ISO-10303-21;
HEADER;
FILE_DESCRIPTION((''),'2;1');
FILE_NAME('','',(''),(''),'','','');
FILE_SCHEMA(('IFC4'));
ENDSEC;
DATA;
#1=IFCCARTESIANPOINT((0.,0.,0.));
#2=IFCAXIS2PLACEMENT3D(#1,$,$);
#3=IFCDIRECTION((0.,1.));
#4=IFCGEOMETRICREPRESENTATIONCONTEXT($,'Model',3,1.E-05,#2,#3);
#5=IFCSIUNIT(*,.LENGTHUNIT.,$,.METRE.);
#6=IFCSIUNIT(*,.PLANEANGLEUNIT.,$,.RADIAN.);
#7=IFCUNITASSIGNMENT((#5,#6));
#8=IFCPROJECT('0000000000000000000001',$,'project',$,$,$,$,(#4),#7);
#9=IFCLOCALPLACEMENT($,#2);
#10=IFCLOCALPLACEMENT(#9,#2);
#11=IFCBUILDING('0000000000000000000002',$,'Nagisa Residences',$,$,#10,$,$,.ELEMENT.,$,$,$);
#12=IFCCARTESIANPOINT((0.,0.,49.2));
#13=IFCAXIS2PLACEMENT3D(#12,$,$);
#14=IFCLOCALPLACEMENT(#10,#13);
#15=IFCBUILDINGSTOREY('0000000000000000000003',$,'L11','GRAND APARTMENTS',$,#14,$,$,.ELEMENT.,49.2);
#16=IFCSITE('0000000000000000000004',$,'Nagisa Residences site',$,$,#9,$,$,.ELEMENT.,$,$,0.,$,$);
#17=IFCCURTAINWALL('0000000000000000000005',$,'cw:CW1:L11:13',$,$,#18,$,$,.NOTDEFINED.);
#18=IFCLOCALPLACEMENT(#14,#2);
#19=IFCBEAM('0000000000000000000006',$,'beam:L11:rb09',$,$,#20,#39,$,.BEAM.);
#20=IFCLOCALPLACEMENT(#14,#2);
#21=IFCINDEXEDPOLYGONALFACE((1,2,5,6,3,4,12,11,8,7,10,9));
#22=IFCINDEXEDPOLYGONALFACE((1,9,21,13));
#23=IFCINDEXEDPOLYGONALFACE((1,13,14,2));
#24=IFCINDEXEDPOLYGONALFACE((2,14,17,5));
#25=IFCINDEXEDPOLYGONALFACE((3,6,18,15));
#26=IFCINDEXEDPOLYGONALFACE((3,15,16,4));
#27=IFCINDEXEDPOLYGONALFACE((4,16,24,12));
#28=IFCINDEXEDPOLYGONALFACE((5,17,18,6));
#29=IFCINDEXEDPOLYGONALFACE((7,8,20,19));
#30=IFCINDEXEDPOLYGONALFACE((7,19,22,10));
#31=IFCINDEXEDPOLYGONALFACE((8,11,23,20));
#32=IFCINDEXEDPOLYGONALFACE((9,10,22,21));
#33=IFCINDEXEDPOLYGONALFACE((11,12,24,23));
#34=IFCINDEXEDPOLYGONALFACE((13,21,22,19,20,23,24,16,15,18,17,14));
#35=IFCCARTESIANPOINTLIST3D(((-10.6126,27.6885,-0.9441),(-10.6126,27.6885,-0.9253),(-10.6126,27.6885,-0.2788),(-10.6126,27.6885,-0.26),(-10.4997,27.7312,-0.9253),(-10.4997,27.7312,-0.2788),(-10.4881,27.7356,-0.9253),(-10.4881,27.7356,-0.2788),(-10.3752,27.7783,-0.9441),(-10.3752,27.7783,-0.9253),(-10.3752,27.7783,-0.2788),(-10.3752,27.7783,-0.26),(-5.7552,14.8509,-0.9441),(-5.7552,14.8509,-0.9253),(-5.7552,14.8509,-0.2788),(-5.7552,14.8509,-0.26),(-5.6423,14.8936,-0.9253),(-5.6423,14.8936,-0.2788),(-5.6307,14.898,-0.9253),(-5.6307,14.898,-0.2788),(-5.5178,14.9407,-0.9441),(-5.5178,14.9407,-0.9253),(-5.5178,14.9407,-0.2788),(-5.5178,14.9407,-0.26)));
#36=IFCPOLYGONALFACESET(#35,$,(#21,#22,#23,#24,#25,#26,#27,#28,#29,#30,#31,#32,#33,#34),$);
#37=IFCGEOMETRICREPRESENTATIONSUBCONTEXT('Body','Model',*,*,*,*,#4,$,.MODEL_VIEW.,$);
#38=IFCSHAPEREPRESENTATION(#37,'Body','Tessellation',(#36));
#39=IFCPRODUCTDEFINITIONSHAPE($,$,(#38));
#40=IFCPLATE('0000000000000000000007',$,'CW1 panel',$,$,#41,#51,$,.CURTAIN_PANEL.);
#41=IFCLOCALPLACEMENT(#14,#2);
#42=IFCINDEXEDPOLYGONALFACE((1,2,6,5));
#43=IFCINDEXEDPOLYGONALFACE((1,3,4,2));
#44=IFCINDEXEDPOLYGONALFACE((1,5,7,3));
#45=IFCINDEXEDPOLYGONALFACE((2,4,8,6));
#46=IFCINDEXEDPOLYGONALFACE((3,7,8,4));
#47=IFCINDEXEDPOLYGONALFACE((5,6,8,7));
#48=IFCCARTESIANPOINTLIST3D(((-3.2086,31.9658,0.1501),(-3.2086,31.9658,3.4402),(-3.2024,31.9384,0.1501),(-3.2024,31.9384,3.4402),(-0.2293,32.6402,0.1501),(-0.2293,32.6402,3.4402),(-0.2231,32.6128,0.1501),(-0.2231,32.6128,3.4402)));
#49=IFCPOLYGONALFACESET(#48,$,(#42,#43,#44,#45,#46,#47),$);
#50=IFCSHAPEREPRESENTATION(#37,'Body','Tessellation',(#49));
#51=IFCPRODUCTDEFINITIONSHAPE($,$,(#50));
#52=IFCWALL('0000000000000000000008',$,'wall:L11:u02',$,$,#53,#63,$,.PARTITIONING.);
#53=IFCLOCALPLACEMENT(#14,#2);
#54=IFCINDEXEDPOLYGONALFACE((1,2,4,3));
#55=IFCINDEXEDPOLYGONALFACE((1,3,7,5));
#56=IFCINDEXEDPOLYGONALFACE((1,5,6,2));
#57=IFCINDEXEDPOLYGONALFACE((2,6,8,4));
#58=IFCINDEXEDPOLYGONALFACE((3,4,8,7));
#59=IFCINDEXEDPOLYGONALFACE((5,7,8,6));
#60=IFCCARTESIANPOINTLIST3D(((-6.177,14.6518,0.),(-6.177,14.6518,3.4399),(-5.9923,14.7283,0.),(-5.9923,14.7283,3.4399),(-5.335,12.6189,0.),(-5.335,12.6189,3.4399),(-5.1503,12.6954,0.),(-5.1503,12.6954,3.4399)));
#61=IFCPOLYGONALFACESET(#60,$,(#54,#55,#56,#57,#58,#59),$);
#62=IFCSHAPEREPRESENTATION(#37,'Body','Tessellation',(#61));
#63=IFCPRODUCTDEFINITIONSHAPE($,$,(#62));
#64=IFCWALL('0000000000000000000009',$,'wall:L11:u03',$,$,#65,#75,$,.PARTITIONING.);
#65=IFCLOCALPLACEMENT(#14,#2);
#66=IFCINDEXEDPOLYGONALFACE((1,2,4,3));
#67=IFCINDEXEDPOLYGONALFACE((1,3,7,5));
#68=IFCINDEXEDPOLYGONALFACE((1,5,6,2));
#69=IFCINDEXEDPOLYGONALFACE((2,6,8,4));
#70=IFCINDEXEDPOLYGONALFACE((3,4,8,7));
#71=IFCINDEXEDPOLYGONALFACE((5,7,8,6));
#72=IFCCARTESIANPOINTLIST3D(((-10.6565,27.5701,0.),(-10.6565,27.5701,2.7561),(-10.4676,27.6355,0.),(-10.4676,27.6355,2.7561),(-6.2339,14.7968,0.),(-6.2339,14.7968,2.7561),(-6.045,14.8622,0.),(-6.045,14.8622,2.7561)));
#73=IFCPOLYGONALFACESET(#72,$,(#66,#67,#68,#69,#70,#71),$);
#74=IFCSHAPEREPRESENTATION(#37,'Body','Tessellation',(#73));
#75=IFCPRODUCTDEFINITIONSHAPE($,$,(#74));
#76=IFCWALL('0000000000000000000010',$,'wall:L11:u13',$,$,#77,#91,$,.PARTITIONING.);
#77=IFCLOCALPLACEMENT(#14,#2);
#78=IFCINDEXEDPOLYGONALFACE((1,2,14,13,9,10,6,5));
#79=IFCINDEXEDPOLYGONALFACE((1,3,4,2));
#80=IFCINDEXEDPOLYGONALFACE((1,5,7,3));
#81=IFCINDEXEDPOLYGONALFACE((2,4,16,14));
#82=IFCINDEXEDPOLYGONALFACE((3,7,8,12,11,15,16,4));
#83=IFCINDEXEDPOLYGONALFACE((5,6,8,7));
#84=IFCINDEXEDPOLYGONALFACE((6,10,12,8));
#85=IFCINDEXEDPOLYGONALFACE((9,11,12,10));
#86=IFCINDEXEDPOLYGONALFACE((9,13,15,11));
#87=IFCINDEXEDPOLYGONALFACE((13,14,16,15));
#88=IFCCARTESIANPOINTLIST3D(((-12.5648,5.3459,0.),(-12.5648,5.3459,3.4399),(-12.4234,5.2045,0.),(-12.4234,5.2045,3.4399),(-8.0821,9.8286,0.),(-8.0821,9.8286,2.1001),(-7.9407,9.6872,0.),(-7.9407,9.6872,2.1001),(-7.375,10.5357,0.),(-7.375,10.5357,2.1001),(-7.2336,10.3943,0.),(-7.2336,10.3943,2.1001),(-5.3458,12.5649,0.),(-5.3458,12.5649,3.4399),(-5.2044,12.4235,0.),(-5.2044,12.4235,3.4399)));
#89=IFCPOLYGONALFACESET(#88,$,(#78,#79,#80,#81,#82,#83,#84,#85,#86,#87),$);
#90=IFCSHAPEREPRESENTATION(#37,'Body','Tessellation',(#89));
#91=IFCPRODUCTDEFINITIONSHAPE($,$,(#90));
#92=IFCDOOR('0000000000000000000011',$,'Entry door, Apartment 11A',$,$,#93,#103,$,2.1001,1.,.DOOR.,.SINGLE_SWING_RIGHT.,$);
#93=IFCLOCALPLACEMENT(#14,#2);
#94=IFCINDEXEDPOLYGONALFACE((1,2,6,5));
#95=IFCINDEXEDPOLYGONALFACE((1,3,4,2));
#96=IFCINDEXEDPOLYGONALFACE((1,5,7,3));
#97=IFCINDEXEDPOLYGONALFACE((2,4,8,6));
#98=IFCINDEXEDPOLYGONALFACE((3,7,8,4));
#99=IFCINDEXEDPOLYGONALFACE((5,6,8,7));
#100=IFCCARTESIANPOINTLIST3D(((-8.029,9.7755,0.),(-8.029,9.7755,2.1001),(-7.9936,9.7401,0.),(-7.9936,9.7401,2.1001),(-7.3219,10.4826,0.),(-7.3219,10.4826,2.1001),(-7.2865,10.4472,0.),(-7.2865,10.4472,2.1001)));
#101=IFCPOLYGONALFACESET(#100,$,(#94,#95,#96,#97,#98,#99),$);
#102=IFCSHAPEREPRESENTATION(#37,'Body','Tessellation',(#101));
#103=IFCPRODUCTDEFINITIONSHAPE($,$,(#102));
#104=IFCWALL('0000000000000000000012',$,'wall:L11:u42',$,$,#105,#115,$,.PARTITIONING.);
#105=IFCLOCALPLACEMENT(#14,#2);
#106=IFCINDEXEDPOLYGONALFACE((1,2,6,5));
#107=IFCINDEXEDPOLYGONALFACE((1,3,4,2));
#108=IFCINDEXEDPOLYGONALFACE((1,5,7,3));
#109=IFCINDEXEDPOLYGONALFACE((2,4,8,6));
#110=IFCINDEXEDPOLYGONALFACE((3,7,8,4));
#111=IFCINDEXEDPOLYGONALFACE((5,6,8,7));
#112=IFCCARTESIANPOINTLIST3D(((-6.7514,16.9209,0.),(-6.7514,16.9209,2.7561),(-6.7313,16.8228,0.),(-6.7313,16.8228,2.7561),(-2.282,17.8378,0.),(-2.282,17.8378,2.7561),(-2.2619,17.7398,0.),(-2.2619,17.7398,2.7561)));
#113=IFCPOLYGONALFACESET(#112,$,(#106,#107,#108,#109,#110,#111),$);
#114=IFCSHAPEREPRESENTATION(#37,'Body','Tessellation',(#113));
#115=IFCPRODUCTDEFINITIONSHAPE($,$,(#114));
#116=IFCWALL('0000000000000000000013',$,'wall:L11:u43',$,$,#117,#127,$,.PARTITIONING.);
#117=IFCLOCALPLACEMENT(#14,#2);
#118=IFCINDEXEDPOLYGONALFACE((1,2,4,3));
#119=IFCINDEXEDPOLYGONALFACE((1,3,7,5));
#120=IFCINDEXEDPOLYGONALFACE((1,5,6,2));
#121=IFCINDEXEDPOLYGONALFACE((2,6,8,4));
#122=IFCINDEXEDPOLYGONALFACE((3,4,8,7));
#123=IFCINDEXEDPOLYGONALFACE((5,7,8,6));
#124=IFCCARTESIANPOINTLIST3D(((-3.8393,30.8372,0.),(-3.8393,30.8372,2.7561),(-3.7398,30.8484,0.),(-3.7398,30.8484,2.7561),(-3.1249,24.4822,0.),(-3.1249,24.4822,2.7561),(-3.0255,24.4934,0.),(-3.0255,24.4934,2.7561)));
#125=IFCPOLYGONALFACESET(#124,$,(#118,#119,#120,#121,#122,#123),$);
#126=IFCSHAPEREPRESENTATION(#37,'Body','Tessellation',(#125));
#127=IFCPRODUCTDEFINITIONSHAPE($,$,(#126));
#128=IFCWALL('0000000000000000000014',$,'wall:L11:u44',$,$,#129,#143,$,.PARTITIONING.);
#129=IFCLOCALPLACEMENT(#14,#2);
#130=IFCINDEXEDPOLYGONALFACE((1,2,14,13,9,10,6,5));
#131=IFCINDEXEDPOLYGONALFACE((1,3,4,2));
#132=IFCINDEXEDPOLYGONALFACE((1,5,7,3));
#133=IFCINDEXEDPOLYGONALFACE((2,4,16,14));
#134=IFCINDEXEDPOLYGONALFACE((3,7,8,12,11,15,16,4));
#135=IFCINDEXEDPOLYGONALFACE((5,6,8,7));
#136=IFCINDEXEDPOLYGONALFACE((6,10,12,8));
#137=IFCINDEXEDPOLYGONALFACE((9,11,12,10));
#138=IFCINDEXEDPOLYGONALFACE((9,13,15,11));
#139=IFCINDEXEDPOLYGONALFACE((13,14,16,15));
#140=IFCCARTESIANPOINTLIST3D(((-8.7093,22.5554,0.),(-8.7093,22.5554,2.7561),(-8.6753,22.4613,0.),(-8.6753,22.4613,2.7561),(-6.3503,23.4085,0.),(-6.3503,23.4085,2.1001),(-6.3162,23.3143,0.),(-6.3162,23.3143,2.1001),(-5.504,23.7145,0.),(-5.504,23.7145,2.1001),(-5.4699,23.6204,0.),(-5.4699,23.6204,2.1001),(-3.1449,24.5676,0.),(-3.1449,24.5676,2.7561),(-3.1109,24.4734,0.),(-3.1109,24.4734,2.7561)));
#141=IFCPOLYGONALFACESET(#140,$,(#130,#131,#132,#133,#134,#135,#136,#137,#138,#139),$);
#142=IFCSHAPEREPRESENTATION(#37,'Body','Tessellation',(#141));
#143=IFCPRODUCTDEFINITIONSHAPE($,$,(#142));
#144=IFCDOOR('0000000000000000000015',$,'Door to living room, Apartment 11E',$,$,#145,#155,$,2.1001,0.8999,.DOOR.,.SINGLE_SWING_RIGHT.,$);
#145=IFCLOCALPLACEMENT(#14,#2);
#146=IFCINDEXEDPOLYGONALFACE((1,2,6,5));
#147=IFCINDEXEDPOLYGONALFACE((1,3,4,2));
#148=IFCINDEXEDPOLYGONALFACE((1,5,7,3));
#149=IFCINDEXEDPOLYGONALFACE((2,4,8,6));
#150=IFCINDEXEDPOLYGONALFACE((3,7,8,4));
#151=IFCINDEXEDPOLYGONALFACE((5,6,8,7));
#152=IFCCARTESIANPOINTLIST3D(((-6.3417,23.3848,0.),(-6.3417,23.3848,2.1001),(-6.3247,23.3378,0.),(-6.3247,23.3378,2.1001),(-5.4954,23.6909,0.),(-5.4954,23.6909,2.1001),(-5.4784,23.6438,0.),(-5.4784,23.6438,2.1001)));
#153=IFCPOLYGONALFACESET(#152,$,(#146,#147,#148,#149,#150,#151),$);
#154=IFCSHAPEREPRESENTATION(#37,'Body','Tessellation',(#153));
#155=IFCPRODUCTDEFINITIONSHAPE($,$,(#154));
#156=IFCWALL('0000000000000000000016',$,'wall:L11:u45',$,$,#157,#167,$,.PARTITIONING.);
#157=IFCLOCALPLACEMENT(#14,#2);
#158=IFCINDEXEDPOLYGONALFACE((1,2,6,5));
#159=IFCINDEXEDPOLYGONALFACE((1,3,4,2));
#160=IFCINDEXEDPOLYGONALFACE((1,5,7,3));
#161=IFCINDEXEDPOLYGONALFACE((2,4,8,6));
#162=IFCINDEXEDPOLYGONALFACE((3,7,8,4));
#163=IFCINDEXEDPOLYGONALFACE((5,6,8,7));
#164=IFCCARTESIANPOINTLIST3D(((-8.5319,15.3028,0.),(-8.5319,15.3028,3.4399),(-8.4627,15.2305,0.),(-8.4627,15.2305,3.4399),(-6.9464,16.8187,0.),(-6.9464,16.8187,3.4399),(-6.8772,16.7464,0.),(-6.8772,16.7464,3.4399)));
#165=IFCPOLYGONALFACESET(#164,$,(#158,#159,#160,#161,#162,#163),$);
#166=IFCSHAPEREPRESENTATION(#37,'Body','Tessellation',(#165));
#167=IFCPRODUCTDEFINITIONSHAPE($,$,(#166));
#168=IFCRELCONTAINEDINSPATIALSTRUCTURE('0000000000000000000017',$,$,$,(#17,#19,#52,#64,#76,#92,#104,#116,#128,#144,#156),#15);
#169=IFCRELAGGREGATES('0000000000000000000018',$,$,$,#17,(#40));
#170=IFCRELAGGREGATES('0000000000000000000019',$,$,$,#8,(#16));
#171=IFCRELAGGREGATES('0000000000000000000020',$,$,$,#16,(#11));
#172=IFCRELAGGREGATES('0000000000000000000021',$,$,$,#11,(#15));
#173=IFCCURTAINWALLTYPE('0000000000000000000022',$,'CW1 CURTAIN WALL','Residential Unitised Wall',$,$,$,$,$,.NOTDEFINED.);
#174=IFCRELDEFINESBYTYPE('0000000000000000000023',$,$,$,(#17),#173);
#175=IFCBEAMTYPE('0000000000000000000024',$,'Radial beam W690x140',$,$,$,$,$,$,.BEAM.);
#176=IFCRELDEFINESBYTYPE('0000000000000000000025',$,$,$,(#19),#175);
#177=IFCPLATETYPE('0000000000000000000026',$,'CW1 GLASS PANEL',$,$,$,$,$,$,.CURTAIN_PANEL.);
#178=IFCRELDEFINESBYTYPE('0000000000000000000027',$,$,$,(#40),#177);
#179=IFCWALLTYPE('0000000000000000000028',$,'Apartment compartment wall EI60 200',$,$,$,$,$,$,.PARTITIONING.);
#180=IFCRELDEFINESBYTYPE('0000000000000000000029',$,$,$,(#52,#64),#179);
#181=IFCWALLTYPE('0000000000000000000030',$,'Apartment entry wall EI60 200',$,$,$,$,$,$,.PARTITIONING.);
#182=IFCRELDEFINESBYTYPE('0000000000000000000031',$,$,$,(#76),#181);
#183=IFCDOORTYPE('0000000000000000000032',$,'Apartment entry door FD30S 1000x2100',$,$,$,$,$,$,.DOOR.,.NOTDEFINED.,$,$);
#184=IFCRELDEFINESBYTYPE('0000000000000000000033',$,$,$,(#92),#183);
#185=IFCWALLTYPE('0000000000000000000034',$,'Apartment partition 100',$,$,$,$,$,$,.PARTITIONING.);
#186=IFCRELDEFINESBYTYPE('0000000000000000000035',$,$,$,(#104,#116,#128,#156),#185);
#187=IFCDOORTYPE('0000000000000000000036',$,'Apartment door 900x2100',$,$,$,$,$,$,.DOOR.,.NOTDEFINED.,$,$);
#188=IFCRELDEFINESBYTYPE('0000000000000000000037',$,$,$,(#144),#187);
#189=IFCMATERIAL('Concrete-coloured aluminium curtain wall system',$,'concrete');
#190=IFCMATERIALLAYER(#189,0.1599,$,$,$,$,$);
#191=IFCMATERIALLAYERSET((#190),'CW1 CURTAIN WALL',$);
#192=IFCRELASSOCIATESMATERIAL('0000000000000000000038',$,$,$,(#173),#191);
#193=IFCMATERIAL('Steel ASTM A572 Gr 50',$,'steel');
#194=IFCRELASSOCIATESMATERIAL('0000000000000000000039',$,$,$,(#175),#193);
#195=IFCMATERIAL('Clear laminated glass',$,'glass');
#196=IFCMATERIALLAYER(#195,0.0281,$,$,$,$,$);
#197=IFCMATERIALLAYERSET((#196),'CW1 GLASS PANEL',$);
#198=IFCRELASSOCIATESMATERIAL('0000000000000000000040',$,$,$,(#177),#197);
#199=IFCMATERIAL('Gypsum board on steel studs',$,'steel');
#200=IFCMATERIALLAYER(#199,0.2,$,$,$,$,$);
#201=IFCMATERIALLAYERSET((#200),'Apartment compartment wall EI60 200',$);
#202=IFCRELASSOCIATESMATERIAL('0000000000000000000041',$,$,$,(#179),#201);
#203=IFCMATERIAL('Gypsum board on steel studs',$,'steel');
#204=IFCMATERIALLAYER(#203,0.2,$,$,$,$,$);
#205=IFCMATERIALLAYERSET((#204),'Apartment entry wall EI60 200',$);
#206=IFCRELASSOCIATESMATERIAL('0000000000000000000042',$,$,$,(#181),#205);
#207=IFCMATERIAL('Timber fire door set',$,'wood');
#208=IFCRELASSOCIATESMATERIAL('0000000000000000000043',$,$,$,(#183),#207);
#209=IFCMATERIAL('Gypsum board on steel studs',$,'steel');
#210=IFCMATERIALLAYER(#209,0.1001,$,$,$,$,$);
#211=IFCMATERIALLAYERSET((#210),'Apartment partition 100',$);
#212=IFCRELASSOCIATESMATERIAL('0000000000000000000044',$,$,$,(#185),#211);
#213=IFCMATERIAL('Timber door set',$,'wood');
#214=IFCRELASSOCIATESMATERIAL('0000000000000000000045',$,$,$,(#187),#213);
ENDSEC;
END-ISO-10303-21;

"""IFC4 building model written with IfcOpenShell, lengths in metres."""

from ifc_helpers import new_model, si_unit, direction, frame, frame_2d, origin, origin_2d, place, context, subcontext, project, spatial, rectangle, i_section, extrude, material, layer, layer_set, material_profile, profile_set, type_object, element, fill, aggregate, save


model = new_model("IFC4")

# Units and contexts
model_context = context("Model", 3, precision=1e-05, world=origin(), true_north=direction((0.0, 1.0)))
body_context = subcontext(model_context, "Body", "Model", "MODEL_VIEW")
ifc_project = project(units=[si_unit("LENGTHUNIT", "METRE"), si_unit("PLANEANGLEUNIT", "RADIAN")], contexts=[model_context])

# Site, building, storey
site_placement = place(None, origin())
site = spatial("IfcSite", under=ifc_project, at=site_placement, Name="Nagisa Residences site", CompositionType="ELEMENT", RefElevation=0.0)
building_placement = place(site_placement, origin())
building = spatial("IfcBuilding", under=site, at=building_placement, Name="Nagisa Residences", CompositionType="ELEMENT")
storey_placement = place(building_placement, frame((0.0, 0.0, 49.2)))
storey = spatial("IfcBuildingStorey", under=building, at=storey_placement, Name="L11", Description="GRAND APARTMENTS", CompositionType="ELEMENT", Elevation=49.2)

# Curtain wall
ifc_material_1 = material(Name="Concrete-coloured aluminium curtain wall system", Category="concrete")
ifc_layer_1 = layer(ifc_material_1, 0.1599)
ifc_layer_set_1 = layer_set([ifc_layer_1], Name="CW1 CURTAIN WALL")
curtain_wall_type = type_object("IfcCurtainWallType", Name="CW1 CURTAIN WALL", Description="Residential Unitised Wall", PredefinedType="NOTDEFINED", material=ifc_layer_set_1)
curtain_wall_1_placement = place(storey_placement, origin())
curtain_wall_1 = element("IfcCurtainWall", 1, at=curtain_wall_1_placement, inside=storey, type_object=curtain_wall_type, Name="cw:CW1:L11:13", PredefinedType="NOTDEFINED")

# Beam
ifc_material_2 = material(Name="Steel ASTM A572 Gr 50", Category="steel")
ifc_material_profile_1 = material_profile(ifc_material_2, i_section(OverallWidth=0.2539, OverallDepth=0.6841, WebThickness=0.0125, FlangeThickness=0.0188, at=origin_2d()), Name="W690x140")
ifc_profile_set_1 = profile_set([ifc_material_profile_1], Name="Steel ASTM A572 Gr 50")
beam_type_1 = type_object("IfcBeamType", Name="Radial beam W690x140", PredefinedType="BEAM", material=ifc_profile_set_1)
beam_1_placement = place(storey_placement, frame((-10.4939, 27.7334, -0.6021), z_axis=(0.353888, -0.935288, 0.0), x_axis=(0.935288, 0.353888, 0.0)))
element("IfcBeam", 2, at=beam_1_placement, inside=storey, type_object=beam_type_1, Name="beam:L11:rb09", PredefinedType="BEAM", context=body_context, shape_type="SweptSolid", body=[
    extrude(i_section(OverallWidth=0.2539, OverallDepth=0.6841, WebThickness=0.0125, FlangeThickness=0.0188, at=origin_2d()), origin(), (0.0, 0.0, 1.0), 13.7258),
])

# Plate
ifc_material_3 = material(Name="Clear laminated glass", Category="glass")
ifc_layer_2 = layer(ifc_material_3, 0.0281)
ifc_layer_set_2 = layer_set([ifc_layer_2], Name="CW1 GLASS PANEL")
plate_type = type_object("IfcPlateType", Name="CW1 GLASS PANEL", PredefinedType="CURTAIN_PANEL", material=ifc_layer_set_2)
plate_placement = place(storey_placement, frame((-1.7158, 32.2893, 0.1501), z_axis=(0.0, 0.0, 1.0), x_axis=(-0.975327, -0.220764, 0.0)))
plate = element("IfcPlate", 3, at=plate_placement, type_object=plate_type, Name="CW1 panel", PredefinedType="CURTAIN_PANEL", context=body_context, shape_type="SweptSolid", body=[
    extrude(rectangle(XDim=3.0547, YDim=0.0281, at=origin_2d()), origin(), (0.0, 0.0, 1.0), 3.29),
])
aggregate(curtain_wall_1, [plate])

# Walls
ifc_material_4 = material(Name="Gypsum board on steel studs", Category="steel")
ifc_layer_3 = layer(ifc_material_4, 0.2)
ifc_layer_set_3 = layer_set([ifc_layer_3], Name="Apartment compartment wall EI60 200")
wall_type_1 = type_object("IfcWallType", Name="Apartment compartment wall EI60 200", PredefinedType="PARTITIONING", material=ifc_layer_set_3)
wall_1_placement = place(storey_placement, frame((-5.2427, 12.6572, 0.0), z_axis=(0.0, 0.0, 1.0), x_axis=(-0.382669, 0.923886, 0.0)))
element("IfcWall", 4, at=wall_1_placement, inside=storey, type_object=wall_type_1, Name="wall:L11:u02", PredefinedType="PARTITIONING", context=body_context, shape_type="SweptSolid", body=[
    extrude(rectangle(XDim=2.2004, YDim=0.2, at=frame_2d((1.1001, 0.0))), origin(), (0.0, 0.0, 1.0), 3.4399),
])
wall_2_placement = place(storey_placement, frame((-6.1394, 14.8293, 0.0), z_axis=(0.0, 0.0, 1.0), x_axis=(-0.327179, 0.944962, 0.0)))
element("IfcWall", 5, at=wall_2_placement, inside=storey, type_object=wall_type_1, Name="wall:L11:u03", PredefinedType="PARTITIONING", context=body_context, shape_type="SweptSolid", body=[
    extrude(rectangle(XDim=13.5173, YDim=0.2, at=frame_2d((6.7588, 0.0))), origin(), (0.0, 0.0, 1.0), 2.7561),
])

# Wall, opening, door
ifc_material_5 = material(Name="Gypsum board on steel studs", Category="steel")
ifc_layer_4 = layer(ifc_material_5, 0.2)
ifc_layer_set_4 = layer_set([ifc_layer_4], Name="Apartment entry wall EI60 200")
wall_type_2 = type_object("IfcWallType", Name="Apartment entry wall EI60 200", PredefinedType="PARTITIONING", material=ifc_layer_set_4)
wall_3_placement = place(storey_placement, frame((-5.2751, 12.4941, 0.0), z_axis=(0.0, 0.0, 1.0), x_axis=(-0.707107, -0.707107, 0.0)))
wall_3 = element("IfcWall", 6, at=wall_3_placement, inside=storey, type_object=wall_type_2, Name="wall:L11:u13", PredefinedType="PARTITIONING", context=body_context, shape_type="SweptSolid", body=[
    extrude(rectangle(XDim=10.2092, YDim=0.2, at=frame_2d((5.1045, 0.0))), origin(), (0.0, 0.0, 1.0), 3.4399),
])
opening_1_placement = place(wall_3_placement, frame((2.8696, 0.0, 0.0)))
opening_1 = element("IfcOpeningElement", 7, at=opening_1_placement, cuts=wall_3, PredefinedType="OPENING", context=body_context, shape_type="SweptSolid", body=[
    extrude(rectangle(XDim=1.0, YDim=2.1001, at=frame_2d((0.5, 1.05))), frame((0.0, 0.1099, 0.0), z_axis=(0.0, -1.0, 0.0), x_axis=(1.0, 0.0, 0.0)), (0.0, 0.0, 1.0), 0.22),
])
ifc_material_6 = material(Name="Timber fire door set", Category="wood")
door_type_1 = type_object("IfcDoorType", Name="Apartment entry door FD30S 1000x2100", OperationType="NOTDEFINED", PredefinedType="DOOR", material=ifc_material_6)
door_1_placement = place(opening_1_placement, frame((1.0, 0.0, 0.0), x_axis=(-1.0, 0.0, 0.0)))
door_1 = element("IfcDoor", 8, at=door_1_placement, inside=storey, type_object=door_type_1, Name="Entry door, Apartment 11A", OperationType="SINGLE_SWING_RIGHT", OverallHeight=2.1001, OverallWidth=1.0, PredefinedType="DOOR", context=body_context, shape_type="SweptSolid", body=[
    extrude(rectangle(XDim=1.0, YDim=2.1001, at=frame_2d((0.5, 1.05))), frame((0.0, 0.0249, 0.0), z_axis=(0.0, -1.0, 0.0), x_axis=(1.0, 0.0, 0.0)), (0.0, 0.0, 1.0), 0.05),
])
fill(opening_1, door_1)

# Walls
ifc_material_7 = material(Name="Gypsum board on steel studs", Category="steel")
ifc_layer_5 = layer(ifc_material_7, 0.1001)
ifc_layer_set_5 = layer_set([ifc_layer_5], Name="Apartment partition 100")
wall_type_3 = type_object("IfcWallType", Name="Apartment partition 100", PredefinedType="PARTITIONING", material=ifc_layer_set_5)
wall_4_placement = place(storey_placement, frame((-2.272, 17.7888, 0.0), z_axis=(0.0, 0.0, 1.0), x_axis=(-0.979595, -0.200981, 0.0)))
element("IfcWall", 9, at=wall_4_placement, inside=storey, type_object=wall_type_3, Name="wall:L11:u42", PredefinedType="PARTITIONING", context=body_context, shape_type="SweptSolid", body=[
    extrude(rectangle(XDim=4.5625, YDim=0.1001, at=frame_2d((2.2812, 0.0))), origin(), (0.0, 0.0, 1.0), 2.7561),
])
wall_5_placement = place(storey_placement, frame((-3.0752, 24.4878, 0.0), z_axis=(0.0, 0.0, 1.0), x_axis=(-0.111705, 0.993741, 0.0)))
element("IfcWall", 10, at=wall_5_placement, inside=storey, type_object=wall_type_3, Name="wall:L11:u43", PredefinedType="PARTITIONING", context=body_context, shape_type="SweptSolid", body=[
    extrude(rectangle(XDim=6.395, YDim=0.1001, at=frame_2d((3.1975, 0.0))), origin(), (0.0, 0.0, 1.0), 2.7561),
])

# Wall, opening, door
wall_6_placement = place(storey_placement, frame((-3.1279, 24.5205, 0.0), z_axis=(0.0, 0.0, 1.0), x_axis=(-0.940401, -0.340066, 0.0)))
wall_6 = element("IfcWall", 11, at=wall_6_placement, inside=storey, type_object=wall_type_3, Name="wall:L11:u44", PredefinedType="PARTITIONING", context=body_context, shape_type="SweptSolid", body=[
    extrude(rectangle(XDim=5.917, YDim=0.1001, at=frame_2d((2.9585, 0.0))), origin(), (0.0, 0.0, 1.0), 2.7561),
])
opening_2_placement = place(wall_6_placement, frame((2.5085, 0.0, 0.0)))
opening_2 = element("IfcOpeningElement", 12, at=opening_2_placement, cuts=wall_6, PredefinedType="OPENING", context=body_context, shape_type="SweptSolid", body=[
    extrude(rectangle(XDim=0.8999, YDim=2.1001, at=frame_2d((0.45, 1.05))), frame((0.0, 0.0601, 0.0), z_axis=(0.0, -1.0, 0.0), x_axis=(1.0, 0.0, 0.0)), (0.0, 0.0, 1.0), 0.1201),
])
ifc_material_8 = material(Name="Timber door set", Category="wood")
door_type_2 = type_object("IfcDoorType", Name="Apartment door 900x2100", OperationType="NOTDEFINED", PredefinedType="DOOR", material=ifc_material_8)
door_2_placement = place(opening_2_placement, frame((0.8999, 0.0, 0.0), x_axis=(-1.0, 0.0, 0.0)))
door_2 = element("IfcDoor", 13, at=door_2_placement, inside=storey, type_object=door_type_2, Name="Door to living room, Apartment 11E", OperationType="SINGLE_SWING_RIGHT", OverallHeight=2.1001, OverallWidth=0.8999, PredefinedType="DOOR", context=body_context, shape_type="SweptSolid", body=[
    extrude(rectangle(XDim=0.8999, YDim=2.1001, at=frame_2d((0.45, 1.05))), frame((0.0, 0.0249, 0.0), z_axis=(0.0, -1.0, 0.0), x_axis=(1.0, 0.0, 0.0)), (0.0, 0.0, 1.0), 0.05),
])
fill(opening_2, door_2)

# Wall
wall_7_placement = place(storey_placement, frame((-6.9119, 16.7825, 0.0), z_axis=(0.0, 0.0, 1.0), x_axis=(-0.722789, -0.691068, 0.0)))
element("IfcWall", 14, at=wall_7_placement, inside=storey, type_object=wall_type_3, Name="wall:L11:u45", PredefinedType="PARTITIONING", context=body_context, shape_type="SweptSolid", body=[
    extrude(rectangle(XDim=2.1936, YDim=0.1001, at=frame_2d((1.0967, 0.0))), origin(), (0.0, 0.0, 1.0), 3.4399),
])

save(model, "model.ifc")
